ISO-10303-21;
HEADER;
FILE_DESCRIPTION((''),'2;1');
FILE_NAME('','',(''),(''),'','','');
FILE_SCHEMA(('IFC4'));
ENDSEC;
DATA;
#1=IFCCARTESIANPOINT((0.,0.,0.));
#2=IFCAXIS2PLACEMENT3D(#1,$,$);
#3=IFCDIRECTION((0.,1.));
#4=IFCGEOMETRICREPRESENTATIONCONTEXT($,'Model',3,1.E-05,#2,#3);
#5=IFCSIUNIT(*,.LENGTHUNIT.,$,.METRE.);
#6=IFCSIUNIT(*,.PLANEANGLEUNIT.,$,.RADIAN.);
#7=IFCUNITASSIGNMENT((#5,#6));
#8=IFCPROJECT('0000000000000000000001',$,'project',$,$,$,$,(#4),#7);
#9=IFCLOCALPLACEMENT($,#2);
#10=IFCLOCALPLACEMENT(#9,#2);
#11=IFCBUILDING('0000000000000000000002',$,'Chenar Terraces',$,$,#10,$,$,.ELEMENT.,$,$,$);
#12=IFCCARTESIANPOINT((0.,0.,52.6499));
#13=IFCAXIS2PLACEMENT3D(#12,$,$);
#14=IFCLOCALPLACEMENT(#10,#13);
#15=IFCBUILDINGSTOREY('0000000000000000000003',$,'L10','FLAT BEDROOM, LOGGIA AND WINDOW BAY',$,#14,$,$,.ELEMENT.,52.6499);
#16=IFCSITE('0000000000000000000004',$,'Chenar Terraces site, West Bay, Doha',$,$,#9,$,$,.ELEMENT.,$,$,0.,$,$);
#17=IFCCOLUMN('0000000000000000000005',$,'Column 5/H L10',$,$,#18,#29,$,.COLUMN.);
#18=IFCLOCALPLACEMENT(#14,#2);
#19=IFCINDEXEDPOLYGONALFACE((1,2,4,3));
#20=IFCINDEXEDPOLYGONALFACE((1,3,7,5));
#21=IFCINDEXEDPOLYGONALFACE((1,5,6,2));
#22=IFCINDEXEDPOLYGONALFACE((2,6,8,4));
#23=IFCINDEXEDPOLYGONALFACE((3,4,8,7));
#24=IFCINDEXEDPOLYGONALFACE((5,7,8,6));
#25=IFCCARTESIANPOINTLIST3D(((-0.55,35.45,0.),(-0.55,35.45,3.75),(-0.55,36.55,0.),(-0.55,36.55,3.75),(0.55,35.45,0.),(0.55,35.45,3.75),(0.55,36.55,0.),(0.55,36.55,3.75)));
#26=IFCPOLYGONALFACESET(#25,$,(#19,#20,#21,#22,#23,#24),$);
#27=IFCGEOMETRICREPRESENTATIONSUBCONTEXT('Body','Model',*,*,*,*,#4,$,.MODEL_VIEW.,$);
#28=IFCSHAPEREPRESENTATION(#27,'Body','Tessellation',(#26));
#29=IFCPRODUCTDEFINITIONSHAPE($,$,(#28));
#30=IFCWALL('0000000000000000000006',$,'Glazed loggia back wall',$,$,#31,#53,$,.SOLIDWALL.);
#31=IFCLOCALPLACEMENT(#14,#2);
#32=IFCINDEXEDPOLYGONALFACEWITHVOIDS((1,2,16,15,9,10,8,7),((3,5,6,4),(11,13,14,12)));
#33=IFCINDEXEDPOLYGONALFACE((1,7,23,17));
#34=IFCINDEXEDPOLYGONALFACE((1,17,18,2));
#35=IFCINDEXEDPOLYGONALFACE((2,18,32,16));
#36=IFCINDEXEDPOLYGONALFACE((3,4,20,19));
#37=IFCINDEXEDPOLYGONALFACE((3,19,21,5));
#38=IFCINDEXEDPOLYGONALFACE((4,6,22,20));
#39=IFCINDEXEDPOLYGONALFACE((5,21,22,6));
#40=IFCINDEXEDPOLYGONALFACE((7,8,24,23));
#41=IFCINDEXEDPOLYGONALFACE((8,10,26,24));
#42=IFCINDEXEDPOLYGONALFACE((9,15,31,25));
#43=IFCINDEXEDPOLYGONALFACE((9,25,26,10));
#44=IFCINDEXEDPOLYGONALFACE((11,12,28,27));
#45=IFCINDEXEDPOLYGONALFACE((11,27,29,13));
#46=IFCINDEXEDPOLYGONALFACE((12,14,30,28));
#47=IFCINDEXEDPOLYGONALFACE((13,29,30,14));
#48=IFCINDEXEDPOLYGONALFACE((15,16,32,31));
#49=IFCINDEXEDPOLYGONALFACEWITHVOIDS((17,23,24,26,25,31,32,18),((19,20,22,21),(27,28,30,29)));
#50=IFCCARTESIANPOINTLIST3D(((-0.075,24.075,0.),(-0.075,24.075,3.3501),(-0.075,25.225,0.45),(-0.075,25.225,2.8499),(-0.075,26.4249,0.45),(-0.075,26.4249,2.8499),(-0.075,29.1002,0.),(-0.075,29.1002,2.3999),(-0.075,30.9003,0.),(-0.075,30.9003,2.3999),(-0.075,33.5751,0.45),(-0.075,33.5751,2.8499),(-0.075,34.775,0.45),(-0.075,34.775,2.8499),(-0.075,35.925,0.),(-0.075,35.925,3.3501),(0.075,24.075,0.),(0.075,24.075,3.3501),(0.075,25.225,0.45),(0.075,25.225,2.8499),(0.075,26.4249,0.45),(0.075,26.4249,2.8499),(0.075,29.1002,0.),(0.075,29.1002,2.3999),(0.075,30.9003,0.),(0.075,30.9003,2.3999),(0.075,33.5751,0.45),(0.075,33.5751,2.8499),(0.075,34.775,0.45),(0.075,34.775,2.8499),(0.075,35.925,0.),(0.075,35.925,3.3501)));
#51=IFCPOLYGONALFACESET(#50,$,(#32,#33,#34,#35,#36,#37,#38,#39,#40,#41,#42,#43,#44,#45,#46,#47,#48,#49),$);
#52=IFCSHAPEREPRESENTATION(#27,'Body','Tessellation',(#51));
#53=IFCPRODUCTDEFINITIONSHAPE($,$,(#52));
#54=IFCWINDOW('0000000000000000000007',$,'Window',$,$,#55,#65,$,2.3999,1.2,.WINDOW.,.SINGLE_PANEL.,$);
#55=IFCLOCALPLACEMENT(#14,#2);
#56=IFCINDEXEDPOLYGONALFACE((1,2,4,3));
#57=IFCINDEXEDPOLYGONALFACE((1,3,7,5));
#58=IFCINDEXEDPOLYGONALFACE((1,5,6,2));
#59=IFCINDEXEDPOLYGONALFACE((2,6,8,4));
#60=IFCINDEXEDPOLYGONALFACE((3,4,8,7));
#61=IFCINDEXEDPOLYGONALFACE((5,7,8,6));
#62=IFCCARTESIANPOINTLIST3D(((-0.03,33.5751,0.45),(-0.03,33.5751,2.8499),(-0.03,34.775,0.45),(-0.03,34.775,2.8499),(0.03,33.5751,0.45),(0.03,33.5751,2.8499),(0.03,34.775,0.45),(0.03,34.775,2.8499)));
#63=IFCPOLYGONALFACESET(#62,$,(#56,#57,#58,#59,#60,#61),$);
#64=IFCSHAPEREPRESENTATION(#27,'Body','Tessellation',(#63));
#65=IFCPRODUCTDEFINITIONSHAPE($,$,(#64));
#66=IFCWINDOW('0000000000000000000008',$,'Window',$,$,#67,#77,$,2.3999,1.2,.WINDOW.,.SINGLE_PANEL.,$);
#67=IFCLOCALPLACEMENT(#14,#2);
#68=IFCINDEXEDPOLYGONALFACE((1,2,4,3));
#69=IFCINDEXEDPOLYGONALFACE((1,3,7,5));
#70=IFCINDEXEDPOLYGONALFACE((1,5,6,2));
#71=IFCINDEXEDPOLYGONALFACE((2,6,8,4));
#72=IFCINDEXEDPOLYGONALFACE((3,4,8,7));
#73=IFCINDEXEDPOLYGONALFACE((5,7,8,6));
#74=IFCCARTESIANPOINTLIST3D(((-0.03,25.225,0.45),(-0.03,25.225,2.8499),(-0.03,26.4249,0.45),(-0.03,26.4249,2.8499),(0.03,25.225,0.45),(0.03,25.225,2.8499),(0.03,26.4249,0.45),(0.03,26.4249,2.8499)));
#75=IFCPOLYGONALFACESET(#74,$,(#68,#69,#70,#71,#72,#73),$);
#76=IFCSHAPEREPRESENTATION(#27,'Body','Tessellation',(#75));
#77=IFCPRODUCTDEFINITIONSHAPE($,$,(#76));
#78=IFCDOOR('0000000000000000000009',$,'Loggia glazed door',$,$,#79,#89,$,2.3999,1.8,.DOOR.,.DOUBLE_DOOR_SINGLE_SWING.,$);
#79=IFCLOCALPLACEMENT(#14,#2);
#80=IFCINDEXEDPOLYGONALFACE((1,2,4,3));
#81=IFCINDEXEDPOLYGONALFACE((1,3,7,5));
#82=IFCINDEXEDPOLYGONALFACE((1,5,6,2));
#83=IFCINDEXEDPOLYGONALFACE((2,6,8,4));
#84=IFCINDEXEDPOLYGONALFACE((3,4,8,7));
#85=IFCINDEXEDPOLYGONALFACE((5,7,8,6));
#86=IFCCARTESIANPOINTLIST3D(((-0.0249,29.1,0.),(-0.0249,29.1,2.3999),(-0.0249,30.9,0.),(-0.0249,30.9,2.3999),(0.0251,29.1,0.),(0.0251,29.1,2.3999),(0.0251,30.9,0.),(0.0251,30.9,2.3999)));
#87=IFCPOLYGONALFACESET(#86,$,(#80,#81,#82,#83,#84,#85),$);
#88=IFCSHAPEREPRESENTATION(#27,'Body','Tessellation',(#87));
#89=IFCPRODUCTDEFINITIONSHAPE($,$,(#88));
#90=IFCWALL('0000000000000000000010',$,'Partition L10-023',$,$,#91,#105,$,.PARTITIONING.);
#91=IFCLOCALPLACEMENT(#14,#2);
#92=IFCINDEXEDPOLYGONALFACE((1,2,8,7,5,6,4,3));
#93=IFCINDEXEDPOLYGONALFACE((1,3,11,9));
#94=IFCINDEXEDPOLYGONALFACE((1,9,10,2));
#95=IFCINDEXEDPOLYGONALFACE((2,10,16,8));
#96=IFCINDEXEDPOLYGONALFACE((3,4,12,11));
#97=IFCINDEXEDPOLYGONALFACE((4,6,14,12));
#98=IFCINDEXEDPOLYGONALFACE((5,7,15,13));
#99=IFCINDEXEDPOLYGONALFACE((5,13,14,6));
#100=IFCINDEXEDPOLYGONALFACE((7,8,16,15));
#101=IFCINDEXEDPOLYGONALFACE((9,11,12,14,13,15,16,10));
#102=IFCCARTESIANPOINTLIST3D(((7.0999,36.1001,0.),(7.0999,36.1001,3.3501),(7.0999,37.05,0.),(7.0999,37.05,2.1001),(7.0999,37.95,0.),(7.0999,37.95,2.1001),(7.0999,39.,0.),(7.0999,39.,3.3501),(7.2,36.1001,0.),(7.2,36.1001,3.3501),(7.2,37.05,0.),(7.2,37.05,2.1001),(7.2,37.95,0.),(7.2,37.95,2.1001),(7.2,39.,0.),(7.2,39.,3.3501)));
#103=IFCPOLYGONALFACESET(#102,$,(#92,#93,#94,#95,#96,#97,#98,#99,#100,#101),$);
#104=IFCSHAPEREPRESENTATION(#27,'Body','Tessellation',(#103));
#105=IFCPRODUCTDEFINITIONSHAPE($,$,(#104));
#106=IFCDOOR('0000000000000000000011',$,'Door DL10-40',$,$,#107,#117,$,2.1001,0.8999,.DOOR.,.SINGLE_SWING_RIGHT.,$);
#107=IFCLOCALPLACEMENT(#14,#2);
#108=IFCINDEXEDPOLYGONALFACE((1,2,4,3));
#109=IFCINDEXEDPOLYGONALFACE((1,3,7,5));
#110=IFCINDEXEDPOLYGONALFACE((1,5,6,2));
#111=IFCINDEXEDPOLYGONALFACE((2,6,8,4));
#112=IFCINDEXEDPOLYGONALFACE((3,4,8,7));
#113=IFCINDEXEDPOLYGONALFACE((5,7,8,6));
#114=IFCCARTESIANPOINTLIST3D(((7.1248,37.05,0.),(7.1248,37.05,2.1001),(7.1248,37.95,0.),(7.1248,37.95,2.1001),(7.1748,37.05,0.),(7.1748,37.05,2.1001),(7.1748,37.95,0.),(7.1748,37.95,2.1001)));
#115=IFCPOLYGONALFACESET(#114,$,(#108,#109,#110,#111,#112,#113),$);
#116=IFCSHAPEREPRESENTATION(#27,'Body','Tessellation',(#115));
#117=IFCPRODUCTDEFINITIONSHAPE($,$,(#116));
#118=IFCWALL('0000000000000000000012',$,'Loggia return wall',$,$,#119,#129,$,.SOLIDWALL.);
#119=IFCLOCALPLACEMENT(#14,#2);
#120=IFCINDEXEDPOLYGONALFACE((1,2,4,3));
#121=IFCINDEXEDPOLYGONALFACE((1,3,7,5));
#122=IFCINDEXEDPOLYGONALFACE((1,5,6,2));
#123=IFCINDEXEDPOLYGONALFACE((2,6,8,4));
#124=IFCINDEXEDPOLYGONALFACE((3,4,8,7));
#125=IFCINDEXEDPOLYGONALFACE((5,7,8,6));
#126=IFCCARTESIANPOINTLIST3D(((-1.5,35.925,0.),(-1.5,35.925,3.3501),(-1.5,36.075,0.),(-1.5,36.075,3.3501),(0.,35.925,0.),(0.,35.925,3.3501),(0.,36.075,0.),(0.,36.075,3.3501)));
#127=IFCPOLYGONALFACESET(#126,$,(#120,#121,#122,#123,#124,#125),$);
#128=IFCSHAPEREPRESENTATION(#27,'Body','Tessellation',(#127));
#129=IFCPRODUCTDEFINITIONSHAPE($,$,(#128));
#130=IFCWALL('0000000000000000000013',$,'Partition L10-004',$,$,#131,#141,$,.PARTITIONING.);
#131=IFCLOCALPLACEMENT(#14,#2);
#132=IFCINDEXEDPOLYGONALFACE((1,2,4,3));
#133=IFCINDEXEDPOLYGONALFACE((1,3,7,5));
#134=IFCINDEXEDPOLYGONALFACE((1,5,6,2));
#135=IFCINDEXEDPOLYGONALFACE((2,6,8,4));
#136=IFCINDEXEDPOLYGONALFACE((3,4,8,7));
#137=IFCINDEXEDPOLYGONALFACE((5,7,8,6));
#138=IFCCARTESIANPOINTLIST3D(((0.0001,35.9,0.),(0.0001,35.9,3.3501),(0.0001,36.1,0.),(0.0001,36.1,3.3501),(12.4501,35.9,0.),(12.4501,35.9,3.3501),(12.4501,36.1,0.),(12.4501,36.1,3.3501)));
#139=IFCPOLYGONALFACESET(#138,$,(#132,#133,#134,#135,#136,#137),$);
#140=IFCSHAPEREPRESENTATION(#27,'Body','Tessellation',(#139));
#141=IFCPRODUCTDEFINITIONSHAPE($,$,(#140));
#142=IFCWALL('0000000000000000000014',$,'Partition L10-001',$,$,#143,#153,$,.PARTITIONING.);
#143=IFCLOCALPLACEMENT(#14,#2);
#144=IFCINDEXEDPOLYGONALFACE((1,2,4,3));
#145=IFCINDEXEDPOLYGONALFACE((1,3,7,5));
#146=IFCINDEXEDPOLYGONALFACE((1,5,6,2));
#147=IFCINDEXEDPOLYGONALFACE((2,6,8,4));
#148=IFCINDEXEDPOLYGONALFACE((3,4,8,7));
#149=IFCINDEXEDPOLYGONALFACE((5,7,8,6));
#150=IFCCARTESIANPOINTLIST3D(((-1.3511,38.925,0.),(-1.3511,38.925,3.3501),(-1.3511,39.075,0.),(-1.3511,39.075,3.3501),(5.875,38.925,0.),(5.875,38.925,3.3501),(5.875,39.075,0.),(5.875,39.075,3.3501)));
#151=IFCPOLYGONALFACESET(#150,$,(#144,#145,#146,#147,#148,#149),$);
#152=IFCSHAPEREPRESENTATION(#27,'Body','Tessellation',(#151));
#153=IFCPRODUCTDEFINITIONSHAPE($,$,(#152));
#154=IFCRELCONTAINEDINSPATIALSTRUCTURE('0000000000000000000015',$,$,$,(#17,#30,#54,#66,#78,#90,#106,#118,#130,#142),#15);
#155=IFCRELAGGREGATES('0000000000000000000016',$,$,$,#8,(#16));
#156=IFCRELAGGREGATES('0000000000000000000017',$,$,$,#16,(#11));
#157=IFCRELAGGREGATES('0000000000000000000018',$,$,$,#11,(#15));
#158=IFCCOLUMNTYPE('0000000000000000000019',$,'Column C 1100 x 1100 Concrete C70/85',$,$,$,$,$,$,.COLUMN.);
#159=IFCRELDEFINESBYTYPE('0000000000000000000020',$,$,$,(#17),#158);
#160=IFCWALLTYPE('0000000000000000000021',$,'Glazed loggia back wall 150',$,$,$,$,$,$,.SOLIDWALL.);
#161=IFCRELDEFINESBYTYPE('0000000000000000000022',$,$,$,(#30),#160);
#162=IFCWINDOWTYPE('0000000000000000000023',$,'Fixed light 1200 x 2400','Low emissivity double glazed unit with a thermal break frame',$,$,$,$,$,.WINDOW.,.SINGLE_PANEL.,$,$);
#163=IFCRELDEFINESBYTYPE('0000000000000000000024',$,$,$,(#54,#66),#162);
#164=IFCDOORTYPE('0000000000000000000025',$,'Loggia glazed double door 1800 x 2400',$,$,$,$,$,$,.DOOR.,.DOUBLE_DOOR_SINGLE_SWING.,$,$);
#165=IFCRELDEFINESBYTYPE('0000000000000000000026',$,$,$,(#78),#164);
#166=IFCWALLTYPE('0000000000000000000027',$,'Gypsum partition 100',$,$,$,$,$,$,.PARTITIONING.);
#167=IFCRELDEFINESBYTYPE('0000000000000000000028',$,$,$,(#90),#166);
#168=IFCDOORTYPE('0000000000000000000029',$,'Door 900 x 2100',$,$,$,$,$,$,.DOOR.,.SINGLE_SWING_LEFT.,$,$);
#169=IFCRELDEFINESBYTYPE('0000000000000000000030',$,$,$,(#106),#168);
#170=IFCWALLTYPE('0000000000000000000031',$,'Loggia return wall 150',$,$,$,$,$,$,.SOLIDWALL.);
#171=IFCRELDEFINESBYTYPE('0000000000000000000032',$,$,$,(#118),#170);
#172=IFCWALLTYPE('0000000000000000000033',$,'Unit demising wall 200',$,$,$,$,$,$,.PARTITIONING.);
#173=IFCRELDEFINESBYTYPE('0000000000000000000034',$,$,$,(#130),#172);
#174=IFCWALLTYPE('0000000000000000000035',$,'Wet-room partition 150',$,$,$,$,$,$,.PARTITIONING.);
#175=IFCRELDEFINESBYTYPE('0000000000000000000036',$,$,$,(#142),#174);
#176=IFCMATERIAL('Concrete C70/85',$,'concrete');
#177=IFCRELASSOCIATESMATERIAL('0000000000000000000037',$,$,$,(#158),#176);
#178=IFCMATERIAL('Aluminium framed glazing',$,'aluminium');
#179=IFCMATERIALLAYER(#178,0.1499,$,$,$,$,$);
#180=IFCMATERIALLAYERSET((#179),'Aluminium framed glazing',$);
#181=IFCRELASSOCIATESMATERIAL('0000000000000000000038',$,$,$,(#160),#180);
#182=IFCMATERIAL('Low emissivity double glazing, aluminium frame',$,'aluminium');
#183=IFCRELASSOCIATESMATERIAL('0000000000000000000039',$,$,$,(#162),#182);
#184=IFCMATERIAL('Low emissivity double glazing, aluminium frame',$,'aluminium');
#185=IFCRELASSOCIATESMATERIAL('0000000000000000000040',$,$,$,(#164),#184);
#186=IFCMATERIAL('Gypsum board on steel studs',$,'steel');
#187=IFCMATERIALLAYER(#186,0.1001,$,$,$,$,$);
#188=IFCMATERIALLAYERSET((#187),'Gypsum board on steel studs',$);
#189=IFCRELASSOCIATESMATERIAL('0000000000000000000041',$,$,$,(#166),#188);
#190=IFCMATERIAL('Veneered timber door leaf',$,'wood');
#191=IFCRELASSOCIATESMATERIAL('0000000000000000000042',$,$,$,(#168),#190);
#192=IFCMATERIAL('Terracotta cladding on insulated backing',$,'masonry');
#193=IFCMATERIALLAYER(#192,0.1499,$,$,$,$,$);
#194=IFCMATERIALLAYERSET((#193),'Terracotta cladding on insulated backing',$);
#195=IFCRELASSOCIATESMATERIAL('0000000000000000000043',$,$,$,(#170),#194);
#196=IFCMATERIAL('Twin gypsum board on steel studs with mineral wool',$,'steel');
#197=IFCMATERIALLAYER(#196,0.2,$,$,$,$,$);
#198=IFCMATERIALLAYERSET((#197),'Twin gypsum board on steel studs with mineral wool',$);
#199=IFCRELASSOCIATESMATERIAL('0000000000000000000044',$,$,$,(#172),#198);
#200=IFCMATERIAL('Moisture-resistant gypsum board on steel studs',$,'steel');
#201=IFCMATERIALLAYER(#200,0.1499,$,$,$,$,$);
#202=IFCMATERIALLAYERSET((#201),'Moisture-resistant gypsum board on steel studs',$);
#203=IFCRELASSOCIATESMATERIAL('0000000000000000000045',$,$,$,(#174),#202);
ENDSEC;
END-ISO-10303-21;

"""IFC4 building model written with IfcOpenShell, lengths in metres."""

from ifc_helpers import new_model, si_unit, direction, frame, frame_2d, origin, origin_2d, place, context, subcontext, project, spatial, rectangle, extrude, material, layer, layer_set, material_profile, profile_set, type_object, element, fill, save


model = new_model("IFC4")

# Units and contexts
model_context = context("Model", 3, precision=1e-05, world=origin(), true_north=direction((0.0, 1.0)))
body_context = subcontext(model_context, "Body", "Model", "MODEL_VIEW")
ifc_project = project(units=[si_unit("LENGTHUNIT", "METRE"), si_unit("PLANEANGLEUNIT", "RADIAN")], contexts=[model_context])

# Site, building, storey
site_placement = place(None, origin())
site = spatial("IfcSite", under=ifc_project, at=site_placement, Name="Chenar Terraces site, West Bay, Doha", CompositionType="ELEMENT", RefElevation=0.0)
building_placement = place(site_placement, origin())
building = spatial("IfcBuilding", under=site, at=building_placement, Name="Chenar Terraces", CompositionType="ELEMENT")
storey_placement = place(building_placement, frame((0.0, 0.0, 52.6499)))
storey = spatial("IfcBuildingStorey", under=building, at=storey_placement, Name="L10", Description="FLAT BEDROOM, LOGGIA AND WINDOW BAY", CompositionType="ELEMENT", Elevation=52.6499)

# Column
ifc_material_1 = material(Name="Concrete C70/85", Category="concrete")
ifc_material_profile = material_profile(ifc_material_1, rectangle(XDim=1.1001, YDim=1.1001, at=origin_2d()), Name="C 1100 x 1100")
ifc_profile_set = profile_set([ifc_material_profile], Name="Concrete C70/85")
column_type = type_object("IfcColumnType", Name="Column C 1100 x 1100 Concrete C70/85", PredefinedType="COLUMN", material=ifc_profile_set)
placement = place(storey_placement, frame((0.0, 36.0, 0.0), z_axis=(0.0, 0.0, 1.0), x_axis=(1.0, 0.0, 0.0)))
element("IfcColumn", 1, at=placement, inside=storey, type_object=column_type, Name="Column 5/H L10", PredefinedType="COLUMN", context=body_context, shape_type="SweptSolid", body=[
    extrude(rectangle(XDim=1.1001, YDim=1.1001, at=origin_2d()), origin(), (0.0, 0.0, 1.0), 3.75),
])

# Wall, openings, windows, door
ifc_material_2 = material(Name="Aluminium framed glazing", Category="aluminium")
ifc_layer_1 = layer(ifc_material_2, 0.1499)
ifc_layer_set_1 = layer_set([ifc_layer_1], Name="Aluminium framed glazing")
wall_type_1 = type_object("IfcWallType", Name="Glazed loggia back wall 150", PredefinedType="SOLIDWALL", material=ifc_layer_set_1)
wall_1_placement = place(storey_placement, frame((0.0, 35.925, 0.0), z_axis=(0.0, 0.0, 1.0), x_axis=(0.0, -1.0, 0.0)))
wall_1 = element("IfcWall", 2, at=wall_1_placement, inside=storey, type_object=wall_type_1, Name="Glazed loggia back wall", PredefinedType="SOLIDWALL", context=body_context, shape_type="SweptSolid", body=[
    extrude(rectangle(XDim=11.8501, YDim=0.1499, at=frame_2d((5.925, 0.0))), origin(), (0.0, 0.0, 1.0), 3.3501),
])
opening_1_placement = place(wall_1_placement, frame((1.1499, 0.0, 0.45)))
opening_1 = element("IfcOpeningElement", 3, at=opening_1_placement, cuts=wall_1, PredefinedType="OPENING", context=body_context, shape_type="SweptSolid", body=[
    extrude(rectangle(XDim=1.2, YDim=2.3999, at=frame_2d((0.6001, 1.2))), frame((0.0, 0.085, 0.0), z_axis=(0.0, -1.0, 0.0), x_axis=(1.0, 0.0, 0.0)), (0.0, 0.0, 1.0), 0.1699),
])
opening_2_placement = place(wall_1_placement, frame((5.0249, 0.0, 0.0)))
opening_2 = element("IfcOpeningElement", 4, at=opening_2_placement, cuts=wall_1, PredefinedType="OPENING", context=body_context, shape_type="SweptSolid", body=[
    extrude(rectangle(XDim=1.8, YDim=2.3999, at=frame_2d((0.8999, 1.2))), frame((0.0, 0.085, 0.0), z_axis=(0.0, -1.0, 0.0), x_axis=(1.0, 0.0, 0.0)), (0.0, 0.0, 1.0), 0.1699),
])
opening_3_placement = place(wall_1_placement, frame((9.5, 0.0, 0.45)))
opening_3 = element("IfcOpeningElement", 5, at=opening_3_placement, cuts=wall_1, PredefinedType="OPENING", context=body_context, shape_type="SweptSolid", body=[
    extrude(rectangle(XDim=1.2, YDim=2.3999, at=frame_2d((0.6001, 1.2))), frame((0.0, 0.085, 0.0), z_axis=(0.0, -1.0, 0.0), x_axis=(1.0, 0.0, 0.0)), (0.0, 0.0, 1.0), 0.1699),
])
ifc_material_3 = material(Name="Low emissivity double glazing, aluminium frame", Category="aluminium")
window_type = type_object("IfcWindowType", Name="Fixed light 1200 x 2400", Description="Low emissivity double glazed unit with a thermal break frame", PartitioningType="SINGLE_PANEL", PredefinedType="WINDOW", material=ifc_material_3)
window_1_placement = place(opening_1_placement, origin())
window_1 = element("IfcWindow", 6, at=window_1_placement, inside=storey, type_object=window_type, Name="Window", OverallHeight=2.3999, OverallWidth=1.2, PartitioningType="SINGLE_PANEL", PredefinedType="WINDOW", context=body_context, shape_type="SweptSolid", body=[
    extrude(rectangle(XDim=1.2, YDim=2.3999, at=frame_2d((0.6001, 1.2))), frame((0.0, 0.03, 0.0), z_axis=(0.0, -1.0, 0.0), x_axis=(1.0, 0.0, 0.0)), (0.0, 0.0, 1.0), 0.0601),
])
fill(opening_1, window_1)
window_2_placement = place(opening_3_placement, origin())
window_2 = element("IfcWindow", 7, at=window_2_placement, inside=storey, type_object=window_type, Name="Window", OverallHeight=2.3999, OverallWidth=1.2, PartitioningType="SINGLE_PANEL", PredefinedType="WINDOW", context=body_context, shape_type="SweptSolid", body=[
    extrude(rectangle(XDim=1.2, YDim=2.3999, at=frame_2d((0.6001, 1.2))), frame((0.0, 0.03, 0.0), z_axis=(0.0, -1.0, 0.0), x_axis=(1.0, 0.0, 0.0)), (0.0, 0.0, 1.0), 0.0601),
])
fill(opening_3, window_2)
ifc_material_4 = material(Name="Low emissivity double glazing, aluminium frame", Category="aluminium")
door_type_1 = type_object("IfcDoorType", Name="Loggia glazed double door 1800 x 2400", OperationType="DOUBLE_DOOR_SINGLE_SWING", PredefinedType="DOOR", material=ifc_material_4)
door_1_placement = place(opening_2_placement, frame((1.8, 0.0, 0.0), z_axis=(0.0, 0.0, 1.0), x_axis=(-1.0, 0.0, 0.0)))
door_1 = element("IfcDoor", 8, at=door_1_placement, inside=storey, type_object=door_type_1, Name="Loggia glazed door", OperationType="DOUBLE_DOOR_SINGLE_SWING", OverallHeight=2.3999, OverallWidth=1.8, PredefinedType="DOOR", context=body_context, shape_type="SweptSolid", body=[
    extrude(rectangle(XDim=1.8, YDim=2.3999, at=frame_2d((0.8999, 1.2))), frame((0.0, 0.0249, 0.0), z_axis=(0.0, -1.0, 0.0), x_axis=(1.0, 0.0, 0.0)), (0.0, 0.0, 1.0), 0.05),
])
fill(opening_2, door_1)

# Wall, opening, door
ifc_material_5 = material(Name="Gypsum board on steel studs", Category="steel")
ifc_layer_2 = layer(ifc_material_5, 0.1001)
ifc_layer_set_2 = layer_set([ifc_layer_2], Name="Gypsum board on steel studs")
wall_type_2 = type_object("IfcWallType", Name="Gypsum partition 100", PredefinedType="PARTITIONING", material=ifc_layer_set_2)
wall_2_placement = place(storey_placement, frame((7.1499, 36.1001, 0.0), z_axis=(0.0, 0.0, 1.0), x_axis=(0.0, 1.0, 0.0)))
wall_2 = element("IfcWall", 9, at=wall_2_placement, inside=storey, type_object=wall_type_2, Name="Partition L10-023", PredefinedType="PARTITIONING", context=body_context, shape_type="SweptSolid", body=[
    extrude(rectangle(XDim=2.8999, YDim=0.1001, at=frame_2d((1.45, 0.0))), origin(), (0.0, 0.0, 1.0), 3.3501),
])
opening_4_placement = place(wall_2_placement, frame((0.95, 0.0, 0.0)))
opening_4 = element("IfcOpeningElement", 10, at=opening_4_placement, cuts=wall_2, PredefinedType="OPENING", context=body_context, shape_type="SweptSolid", body=[
    extrude(rectangle(XDim=0.8999, YDim=2.1001, at=frame_2d((0.45, 1.05))), frame((0.0, 0.0601, 0.0), z_axis=(0.0, -1.0, 0.0), x_axis=(1.0, 0.0, 0.0)), (0.0, 0.0, 1.0), 0.1201),
])
ifc_material_6 = material(Name="Veneered timber door leaf", Category="wood")
door_type_2 = type_object("IfcDoorType", Name="Door 900 x 2100", OperationType="SINGLE_SWING_LEFT", PredefinedType="DOOR", material=ifc_material_6)
door_2_placement = place(opening_4_placement, frame((0.8999, 0.0, 0.0), z_axis=(0.0, 0.0, 1.0), x_axis=(-1.0, 0.0, 0.0)))
door_2 = element("IfcDoor", 11, at=door_2_placement, inside=storey, type_object=door_type_2, Name="Door DL10-40", OperationType="SINGLE_SWING_RIGHT", OverallHeight=2.1001, OverallWidth=0.8999, PredefinedType="DOOR", context=body_context, shape_type="SweptSolid", body=[
    extrude(rectangle(XDim=0.8999, YDim=2.1001, at=frame_2d((0.45, 1.05))), frame((0.0, 0.0249, 0.0), z_axis=(0.0, -1.0, 0.0), x_axis=(1.0, 0.0, 0.0)), (0.0, 0.0, 1.0), 0.05),
])
fill(opening_4, door_2)

# Walls
ifc_material_7 = material(Name="Terracotta cladding on insulated backing", Category="masonry")
ifc_layer_3 = layer(ifc_material_7, 0.1499)
ifc_layer_set_3 = layer_set([ifc_layer_3], Name="Terracotta cladding on insulated backing")
wall_type_3 = type_object("IfcWallType", Name="Loggia return wall 150", PredefinedType="SOLIDWALL", material=ifc_layer_set_3)
wall_3_placement = place(storey_placement, frame((-1.5, 36.0, 0.0), z_axis=(0.0, 0.0, 1.0), x_axis=(1.0, 0.0, 0.0)))
element("IfcWall", 12, at=wall_3_placement, inside=storey, type_object=wall_type_3, Name="Loggia return wall", PredefinedType="SOLIDWALL", context=body_context, shape_type="SweptSolid", body=[
    extrude(rectangle(XDim=1.5, YDim=0.1499, at=frame_2d((0.75, 0.0))), origin(), (0.0, 0.0, 1.0), 3.3501),
])
ifc_material_8 = material(Name="Twin gypsum board on steel studs with mineral wool", Category="steel")
ifc_layer_4 = layer(ifc_material_8, 0.2)
ifc_layer_set_4 = layer_set([ifc_layer_4], Name="Twin gypsum board on steel studs with mineral wool")
wall_type_4 = type_object("IfcWallType", Name="Unit demising wall 200", PredefinedType="PARTITIONING", material=ifc_layer_set_4)
element("IfcWall", 13, at=placement, inside=storey, type_object=wall_type_4, Name="Partition L10-004", PredefinedType="PARTITIONING", context=body_context, shape_type="SweptSolid", body=[
    extrude(rectangle(XDim=12.45, YDim=0.2, at=frame_2d((6.2251, 0.0))), origin(), (0.0, 0.0, 1.0), 3.3501),
])
ifc_material_9 = material(Name="Moisture-resistant gypsum board on steel studs", Category="steel")
ifc_layer_5 = layer(ifc_material_9, 0.1499)
ifc_layer_set_5 = layer_set([ifc_layer_5], Name="Moisture-resistant gypsum board on steel studs")
wall_type_5 = type_object("IfcWallType", Name="Wet-room partition 150", PredefinedType="PARTITIONING", material=ifc_layer_set_5)
wall_4_placement = place(storey_placement, frame((-1.3511, 39.0, 0.0), z_axis=(0.0, 0.0, 1.0), x_axis=(1.0, 0.0, 0.0)))
element("IfcWall", 14, at=wall_4_placement, inside=storey, type_object=wall_type_5, Name="Partition L10-001", PredefinedType="PARTITIONING", context=body_context, shape_type="SweptSolid", body=[
    extrude(rectangle(XDim=7.2261, YDim=0.1499, at=frame_2d((3.613, 0.0))), origin(), (0.0, 0.0, 1.0), 3.3501),
])

save(model, "model.ifc")
